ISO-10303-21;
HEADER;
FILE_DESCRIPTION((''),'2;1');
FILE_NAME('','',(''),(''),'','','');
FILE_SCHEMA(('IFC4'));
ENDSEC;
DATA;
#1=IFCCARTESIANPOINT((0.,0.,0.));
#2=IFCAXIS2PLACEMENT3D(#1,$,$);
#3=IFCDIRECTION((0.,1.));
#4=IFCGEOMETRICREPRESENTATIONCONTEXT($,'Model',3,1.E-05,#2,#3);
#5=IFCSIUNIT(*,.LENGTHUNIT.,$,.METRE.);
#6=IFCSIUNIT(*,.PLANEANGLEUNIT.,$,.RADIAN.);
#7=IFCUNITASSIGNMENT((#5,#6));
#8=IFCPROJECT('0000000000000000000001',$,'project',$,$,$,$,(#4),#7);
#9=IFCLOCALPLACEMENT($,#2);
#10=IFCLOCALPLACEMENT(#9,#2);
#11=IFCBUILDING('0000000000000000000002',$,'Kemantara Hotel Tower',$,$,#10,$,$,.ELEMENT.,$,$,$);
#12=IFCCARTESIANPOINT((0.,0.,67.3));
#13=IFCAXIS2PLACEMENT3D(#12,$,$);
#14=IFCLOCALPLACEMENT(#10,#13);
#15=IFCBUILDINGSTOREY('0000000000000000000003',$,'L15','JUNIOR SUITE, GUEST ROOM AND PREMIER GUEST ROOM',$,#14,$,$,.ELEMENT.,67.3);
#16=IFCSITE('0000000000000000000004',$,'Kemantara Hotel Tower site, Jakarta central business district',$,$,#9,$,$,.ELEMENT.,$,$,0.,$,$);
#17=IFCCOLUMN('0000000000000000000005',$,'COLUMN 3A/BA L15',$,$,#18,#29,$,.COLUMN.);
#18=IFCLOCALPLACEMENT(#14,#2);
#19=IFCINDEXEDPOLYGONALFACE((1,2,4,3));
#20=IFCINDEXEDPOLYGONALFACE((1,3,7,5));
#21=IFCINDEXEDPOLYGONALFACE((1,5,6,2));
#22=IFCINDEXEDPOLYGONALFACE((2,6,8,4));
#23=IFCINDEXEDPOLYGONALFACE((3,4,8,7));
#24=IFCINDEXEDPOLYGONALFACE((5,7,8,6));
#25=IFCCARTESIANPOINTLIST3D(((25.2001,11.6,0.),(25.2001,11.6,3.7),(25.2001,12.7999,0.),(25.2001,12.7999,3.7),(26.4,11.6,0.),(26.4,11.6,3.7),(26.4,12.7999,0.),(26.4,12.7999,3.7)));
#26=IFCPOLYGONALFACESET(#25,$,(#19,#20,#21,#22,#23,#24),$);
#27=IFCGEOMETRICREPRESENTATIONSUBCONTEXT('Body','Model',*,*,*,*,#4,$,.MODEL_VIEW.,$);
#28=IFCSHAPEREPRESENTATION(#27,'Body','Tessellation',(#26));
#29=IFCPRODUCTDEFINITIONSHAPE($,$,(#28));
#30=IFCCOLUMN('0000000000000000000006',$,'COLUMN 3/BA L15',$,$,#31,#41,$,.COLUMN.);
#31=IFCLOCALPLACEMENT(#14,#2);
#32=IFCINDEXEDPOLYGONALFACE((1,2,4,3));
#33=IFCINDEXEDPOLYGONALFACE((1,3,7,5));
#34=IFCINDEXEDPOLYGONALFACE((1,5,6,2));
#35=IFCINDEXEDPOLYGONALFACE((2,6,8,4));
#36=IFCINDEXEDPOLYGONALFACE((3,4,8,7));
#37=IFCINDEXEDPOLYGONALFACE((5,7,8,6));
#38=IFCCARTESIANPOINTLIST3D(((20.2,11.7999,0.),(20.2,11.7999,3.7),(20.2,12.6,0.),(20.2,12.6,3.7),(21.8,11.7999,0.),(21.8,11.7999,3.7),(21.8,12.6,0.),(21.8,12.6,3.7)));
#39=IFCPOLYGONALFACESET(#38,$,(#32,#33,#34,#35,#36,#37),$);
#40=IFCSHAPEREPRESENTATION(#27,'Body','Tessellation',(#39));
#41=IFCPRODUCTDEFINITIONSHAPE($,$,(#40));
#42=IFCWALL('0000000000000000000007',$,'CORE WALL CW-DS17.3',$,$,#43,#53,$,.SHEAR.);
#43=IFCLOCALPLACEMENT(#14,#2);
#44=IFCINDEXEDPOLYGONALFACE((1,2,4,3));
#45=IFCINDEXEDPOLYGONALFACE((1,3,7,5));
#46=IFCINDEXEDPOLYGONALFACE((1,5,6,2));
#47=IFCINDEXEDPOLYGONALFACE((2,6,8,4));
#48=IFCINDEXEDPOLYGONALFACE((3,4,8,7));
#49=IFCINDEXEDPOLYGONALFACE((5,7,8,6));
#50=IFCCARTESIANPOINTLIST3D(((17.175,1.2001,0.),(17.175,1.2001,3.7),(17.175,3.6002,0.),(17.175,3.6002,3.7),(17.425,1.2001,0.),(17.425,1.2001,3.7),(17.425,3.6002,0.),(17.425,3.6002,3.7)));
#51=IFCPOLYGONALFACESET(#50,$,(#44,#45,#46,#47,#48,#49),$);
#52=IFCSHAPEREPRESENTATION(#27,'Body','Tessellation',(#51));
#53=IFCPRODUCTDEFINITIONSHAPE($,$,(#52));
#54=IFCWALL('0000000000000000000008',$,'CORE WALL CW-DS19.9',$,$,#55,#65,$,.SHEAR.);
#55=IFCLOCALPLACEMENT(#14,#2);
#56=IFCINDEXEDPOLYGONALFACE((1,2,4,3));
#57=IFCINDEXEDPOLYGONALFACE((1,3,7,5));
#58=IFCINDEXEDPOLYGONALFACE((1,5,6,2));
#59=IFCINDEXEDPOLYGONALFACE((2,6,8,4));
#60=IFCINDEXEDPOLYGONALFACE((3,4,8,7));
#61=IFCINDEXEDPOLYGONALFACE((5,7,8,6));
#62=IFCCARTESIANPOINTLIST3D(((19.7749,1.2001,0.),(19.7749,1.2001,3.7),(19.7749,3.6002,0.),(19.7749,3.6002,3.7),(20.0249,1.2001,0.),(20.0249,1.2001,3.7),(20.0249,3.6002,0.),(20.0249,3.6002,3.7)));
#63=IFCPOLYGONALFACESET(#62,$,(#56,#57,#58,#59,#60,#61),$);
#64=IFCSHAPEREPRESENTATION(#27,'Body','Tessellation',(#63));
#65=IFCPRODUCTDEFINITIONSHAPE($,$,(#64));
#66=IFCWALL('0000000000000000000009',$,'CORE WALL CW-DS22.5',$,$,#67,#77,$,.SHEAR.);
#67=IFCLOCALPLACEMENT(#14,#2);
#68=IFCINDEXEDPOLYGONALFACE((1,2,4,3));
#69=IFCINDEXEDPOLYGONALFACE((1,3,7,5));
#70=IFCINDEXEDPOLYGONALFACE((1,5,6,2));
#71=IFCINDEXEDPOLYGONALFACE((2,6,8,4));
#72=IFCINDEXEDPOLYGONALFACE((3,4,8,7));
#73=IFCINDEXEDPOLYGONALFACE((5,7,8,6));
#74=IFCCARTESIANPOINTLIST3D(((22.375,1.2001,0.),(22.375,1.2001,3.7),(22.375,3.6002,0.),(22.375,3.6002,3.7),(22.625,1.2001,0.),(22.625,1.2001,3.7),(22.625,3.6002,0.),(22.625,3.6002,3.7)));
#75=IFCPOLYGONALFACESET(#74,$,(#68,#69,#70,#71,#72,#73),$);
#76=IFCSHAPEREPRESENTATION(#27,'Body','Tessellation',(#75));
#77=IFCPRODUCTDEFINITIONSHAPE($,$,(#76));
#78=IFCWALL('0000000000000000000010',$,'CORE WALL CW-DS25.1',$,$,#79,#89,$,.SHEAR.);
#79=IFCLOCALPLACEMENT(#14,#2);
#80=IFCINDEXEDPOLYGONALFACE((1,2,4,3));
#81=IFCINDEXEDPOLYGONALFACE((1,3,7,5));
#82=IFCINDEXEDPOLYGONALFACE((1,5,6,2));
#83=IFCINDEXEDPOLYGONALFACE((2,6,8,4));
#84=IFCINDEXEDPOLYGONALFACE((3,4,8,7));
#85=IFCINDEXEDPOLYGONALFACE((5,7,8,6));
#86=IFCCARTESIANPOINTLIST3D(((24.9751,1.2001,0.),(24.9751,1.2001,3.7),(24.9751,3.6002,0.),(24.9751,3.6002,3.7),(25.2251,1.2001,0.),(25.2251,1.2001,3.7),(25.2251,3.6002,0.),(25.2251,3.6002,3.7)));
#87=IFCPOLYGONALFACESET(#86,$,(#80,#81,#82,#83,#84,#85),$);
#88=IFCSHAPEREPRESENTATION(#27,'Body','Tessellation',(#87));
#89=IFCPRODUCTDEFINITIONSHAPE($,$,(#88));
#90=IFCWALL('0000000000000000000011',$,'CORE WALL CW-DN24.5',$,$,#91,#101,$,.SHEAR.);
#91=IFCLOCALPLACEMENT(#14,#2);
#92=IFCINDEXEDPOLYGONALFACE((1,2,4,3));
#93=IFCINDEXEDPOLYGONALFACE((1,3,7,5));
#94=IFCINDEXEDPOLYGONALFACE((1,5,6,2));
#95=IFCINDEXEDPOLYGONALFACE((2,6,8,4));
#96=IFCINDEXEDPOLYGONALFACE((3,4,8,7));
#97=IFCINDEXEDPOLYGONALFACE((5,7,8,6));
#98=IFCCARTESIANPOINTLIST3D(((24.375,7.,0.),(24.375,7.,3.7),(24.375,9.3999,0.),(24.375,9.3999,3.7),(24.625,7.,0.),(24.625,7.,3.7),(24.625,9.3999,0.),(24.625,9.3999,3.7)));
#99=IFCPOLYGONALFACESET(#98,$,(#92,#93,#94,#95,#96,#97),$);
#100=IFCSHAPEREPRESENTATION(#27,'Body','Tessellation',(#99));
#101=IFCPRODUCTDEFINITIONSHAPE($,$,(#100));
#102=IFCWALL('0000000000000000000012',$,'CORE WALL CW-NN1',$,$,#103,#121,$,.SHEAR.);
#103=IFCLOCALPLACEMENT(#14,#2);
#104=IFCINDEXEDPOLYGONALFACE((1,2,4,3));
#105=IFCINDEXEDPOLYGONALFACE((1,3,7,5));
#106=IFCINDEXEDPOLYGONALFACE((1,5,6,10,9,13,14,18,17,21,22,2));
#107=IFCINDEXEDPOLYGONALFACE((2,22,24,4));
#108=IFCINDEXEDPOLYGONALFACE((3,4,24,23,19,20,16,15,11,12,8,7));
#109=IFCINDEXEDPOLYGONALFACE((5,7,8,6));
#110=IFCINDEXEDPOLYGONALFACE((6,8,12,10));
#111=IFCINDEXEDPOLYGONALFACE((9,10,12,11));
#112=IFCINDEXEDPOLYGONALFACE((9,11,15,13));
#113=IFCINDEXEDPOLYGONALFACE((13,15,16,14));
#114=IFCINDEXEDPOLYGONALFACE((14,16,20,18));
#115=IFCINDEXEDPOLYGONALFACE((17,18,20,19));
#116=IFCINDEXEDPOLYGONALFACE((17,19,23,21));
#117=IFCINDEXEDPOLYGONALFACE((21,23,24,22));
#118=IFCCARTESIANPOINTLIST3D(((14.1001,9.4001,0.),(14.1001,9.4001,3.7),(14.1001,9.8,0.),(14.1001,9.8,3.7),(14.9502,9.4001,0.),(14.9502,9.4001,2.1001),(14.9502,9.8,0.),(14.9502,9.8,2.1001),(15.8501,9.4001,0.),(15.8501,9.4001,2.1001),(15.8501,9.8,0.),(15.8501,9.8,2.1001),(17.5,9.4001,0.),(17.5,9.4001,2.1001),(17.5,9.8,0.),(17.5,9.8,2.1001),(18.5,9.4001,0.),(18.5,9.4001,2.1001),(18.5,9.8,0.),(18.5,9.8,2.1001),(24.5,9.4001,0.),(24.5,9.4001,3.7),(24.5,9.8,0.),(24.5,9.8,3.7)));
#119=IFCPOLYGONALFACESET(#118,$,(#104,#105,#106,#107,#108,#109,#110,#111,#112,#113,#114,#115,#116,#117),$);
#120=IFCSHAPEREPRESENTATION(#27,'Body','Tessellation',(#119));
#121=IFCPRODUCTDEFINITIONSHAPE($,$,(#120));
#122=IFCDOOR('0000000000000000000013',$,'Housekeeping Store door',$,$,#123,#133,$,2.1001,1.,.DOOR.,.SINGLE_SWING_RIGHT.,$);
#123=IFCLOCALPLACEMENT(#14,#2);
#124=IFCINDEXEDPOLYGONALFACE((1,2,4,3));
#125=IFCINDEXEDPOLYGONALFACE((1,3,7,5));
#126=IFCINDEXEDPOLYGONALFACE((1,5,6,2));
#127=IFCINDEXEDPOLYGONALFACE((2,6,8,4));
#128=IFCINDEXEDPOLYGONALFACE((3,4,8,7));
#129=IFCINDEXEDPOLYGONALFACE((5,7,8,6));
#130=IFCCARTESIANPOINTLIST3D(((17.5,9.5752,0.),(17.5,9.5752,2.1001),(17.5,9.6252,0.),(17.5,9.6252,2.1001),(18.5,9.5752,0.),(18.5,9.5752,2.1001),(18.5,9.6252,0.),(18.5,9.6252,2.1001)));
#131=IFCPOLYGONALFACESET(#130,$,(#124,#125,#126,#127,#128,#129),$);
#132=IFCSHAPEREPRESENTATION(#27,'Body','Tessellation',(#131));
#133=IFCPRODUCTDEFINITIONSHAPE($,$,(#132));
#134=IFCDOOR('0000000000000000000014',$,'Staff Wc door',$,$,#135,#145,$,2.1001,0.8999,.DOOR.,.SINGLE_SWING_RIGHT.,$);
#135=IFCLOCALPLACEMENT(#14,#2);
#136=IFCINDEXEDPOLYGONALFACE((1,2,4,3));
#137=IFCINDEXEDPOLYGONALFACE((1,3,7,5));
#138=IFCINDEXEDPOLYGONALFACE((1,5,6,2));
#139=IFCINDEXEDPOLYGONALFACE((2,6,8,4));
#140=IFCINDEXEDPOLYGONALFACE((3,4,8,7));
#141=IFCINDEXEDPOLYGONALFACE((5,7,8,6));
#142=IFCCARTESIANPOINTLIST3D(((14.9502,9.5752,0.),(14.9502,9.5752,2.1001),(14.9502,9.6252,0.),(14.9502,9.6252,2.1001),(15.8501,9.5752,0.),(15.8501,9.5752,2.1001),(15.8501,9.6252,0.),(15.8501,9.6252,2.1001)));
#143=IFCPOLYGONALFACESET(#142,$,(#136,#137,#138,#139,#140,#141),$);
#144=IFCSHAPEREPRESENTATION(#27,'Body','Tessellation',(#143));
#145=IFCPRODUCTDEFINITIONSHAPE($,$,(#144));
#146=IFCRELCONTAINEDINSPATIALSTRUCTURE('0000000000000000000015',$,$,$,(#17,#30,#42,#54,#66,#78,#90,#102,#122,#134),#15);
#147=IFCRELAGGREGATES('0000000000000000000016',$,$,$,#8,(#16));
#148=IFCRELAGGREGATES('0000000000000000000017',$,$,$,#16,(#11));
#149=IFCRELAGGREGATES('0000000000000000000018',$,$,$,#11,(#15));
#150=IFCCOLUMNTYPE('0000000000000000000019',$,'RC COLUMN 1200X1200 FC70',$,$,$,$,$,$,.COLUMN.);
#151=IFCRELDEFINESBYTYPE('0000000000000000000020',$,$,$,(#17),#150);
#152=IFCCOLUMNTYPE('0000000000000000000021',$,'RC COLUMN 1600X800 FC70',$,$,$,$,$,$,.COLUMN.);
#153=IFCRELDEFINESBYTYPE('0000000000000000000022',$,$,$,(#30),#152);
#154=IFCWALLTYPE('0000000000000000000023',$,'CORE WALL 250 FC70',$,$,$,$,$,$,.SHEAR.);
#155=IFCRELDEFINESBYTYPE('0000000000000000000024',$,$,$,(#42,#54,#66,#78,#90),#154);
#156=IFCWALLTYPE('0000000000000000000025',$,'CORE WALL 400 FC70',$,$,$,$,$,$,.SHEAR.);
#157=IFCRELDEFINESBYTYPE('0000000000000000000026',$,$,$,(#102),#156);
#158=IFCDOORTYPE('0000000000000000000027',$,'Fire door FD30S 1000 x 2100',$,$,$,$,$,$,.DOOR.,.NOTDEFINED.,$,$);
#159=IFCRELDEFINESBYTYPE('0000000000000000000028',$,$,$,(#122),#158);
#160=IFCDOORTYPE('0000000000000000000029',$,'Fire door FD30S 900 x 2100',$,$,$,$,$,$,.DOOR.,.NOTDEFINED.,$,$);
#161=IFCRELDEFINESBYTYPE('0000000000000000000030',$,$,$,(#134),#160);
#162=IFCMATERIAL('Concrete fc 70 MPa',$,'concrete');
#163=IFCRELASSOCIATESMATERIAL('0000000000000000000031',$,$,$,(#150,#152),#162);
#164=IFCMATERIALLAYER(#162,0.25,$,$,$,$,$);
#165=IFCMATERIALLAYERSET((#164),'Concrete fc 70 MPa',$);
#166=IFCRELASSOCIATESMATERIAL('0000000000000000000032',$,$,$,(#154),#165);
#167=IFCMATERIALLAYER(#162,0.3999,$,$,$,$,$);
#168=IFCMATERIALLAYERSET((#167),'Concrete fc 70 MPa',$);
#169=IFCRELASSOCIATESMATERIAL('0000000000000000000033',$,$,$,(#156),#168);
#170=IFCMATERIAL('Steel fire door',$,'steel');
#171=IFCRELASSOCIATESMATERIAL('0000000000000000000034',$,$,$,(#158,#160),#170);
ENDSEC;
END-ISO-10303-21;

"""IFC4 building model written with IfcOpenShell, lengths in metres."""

from ifc_helpers import new_model, si_unit, direction, frame, frame_2d, origin, origin_2d, place, context, subcontext, project, spatial, rectangle, extrude, material, layer, layer_set, material_profile, profile_set, type_object, element, fill, save


model = new_model("IFC4")

# Units and contexts
model_context = context("Model", 3, precision=1e-05, world=origin(), true_north=direction((0.0, 1.0)))
body_context = subcontext(model_context, "Body", "Model", "MODEL_VIEW")
ifc_project = project(units=[si_unit("LENGTHUNIT", "METRE"), si_unit("PLANEANGLEUNIT", "RADIAN")], contexts=[model_context])

# Site, building, storey
site_placement = place(None, origin())
site = spatial("IfcSite", under=ifc_project, at=site_placement, Name="Kemantara Hotel Tower site, Jakarta central business district", CompositionType="ELEMENT", RefElevation=0.0)
building_placement = place(site_placement, origin())
building = spatial("IfcBuilding", under=site, at=building_placement, Name="Kemantara Hotel Tower", CompositionType="ELEMENT")
storey_placement = place(building_placement, frame((0.0, 0.0, 67.3)))
storey = spatial("IfcBuildingStorey", under=building, at=storey_placement, Name="L15", Description="JUNIOR SUITE, GUEST ROOM AND PREMIER GUEST ROOM", CompositionType="ELEMENT", Elevation=67.3)

# Columns
ifc_material_1 = material(Name="Concrete fc 70 MPa", Category="concrete")
ifc_material_profile_1 = material_profile(ifc_material_1, rectangle(XDim=1.2, YDim=1.2, at=origin_2d()), Name="RC 1200X1200")
ifc_profile_set_1 = profile_set([ifc_material_profile_1], Name="Concrete fc 70 MPa")
column_type_1 = type_object("IfcColumnType", Name="RC COLUMN 1200X1200 FC70", PredefinedType="COLUMN", material=ifc_profile_set_1)
column_1_placement = place(storey_placement, frame((25.8, 12.2, 0.0), z_axis=(0.0, 0.0, 1.0), x_axis=(1.0, 0.0, 0.0)))
element("IfcColumn", 1, at=column_1_placement, inside=storey, type_object=column_type_1, Name="COLUMN 3A/BA L15", PredefinedType="COLUMN", context=body_context, shape_type="SweptSolid", body=[
    extrude(rectangle(XDim=1.2, YDim=1.2, at=origin_2d()), origin(), (0.0, 0.0, 1.0), 3.7),
])
ifc_material_profile_2 = material_profile(ifc_material_1, rectangle(XDim=1.6001, YDim=0.8, at=origin_2d()), Name="RC 1600X800")
ifc_profile_set_2 = profile_set([ifc_material_profile_2], Name="Concrete fc 70 MPa")
column_type_2 = type_object("IfcColumnType", Name="RC COLUMN 1600X800 FC70", PredefinedType="COLUMN", material=ifc_profile_set_2)
column_2_placement = place(storey_placement, frame((21.0, 12.2, 0.0), z_axis=(0.0, 0.0, 1.0), x_axis=(1.0, 0.0, 0.0)))
element("IfcColumn", 2, at=column_2_placement, inside=storey, type_object=column_type_2, Name="COLUMN 3/BA L15", PredefinedType="COLUMN", context=body_context, shape_type="SweptSolid", body=[
    extrude(rectangle(XDim=1.6001, YDim=0.8, at=origin_2d()), origin(), (0.0, 0.0, 1.0), 3.7),
])

# Walls
ifc_layer_1 = layer(ifc_material_1, 0.25)
ifc_layer_set_1 = layer_set([ifc_layer_1], Name="Concrete fc 70 MPa")
wall_type_1 = type_object("IfcWallType", Name="CORE WALL 250 FC70", PredefinedType="SHEAR", material=ifc_layer_set_1)
for number, where, z_axis, x_axis, name in (
    (3, (17.3, 1.2, 0.0), (0.0, 0.0, 1.0), (0.0, 1.0, 0.0), "CORE WALL CW-DS17.3"),
    (4, (19.8999, 1.2, 0.0), (0.0, 0.0, 1.0), (0.0, 1.0, 0.0), "CORE WALL CW-DS19.9"),
    (5, (22.5, 1.2, 0.0), (0.0, 0.0, 1.0), (0.0, 1.0, 0.0), "CORE WALL CW-DS22.5"),
    (6, (25.1001, 1.2, 0.0), (0.0, 0.0, 1.0), (0.0, 1.0, 0.0), "CORE WALL CW-DS25.1"),
):
    element("IfcWall", number, at=place(storey_placement, frame(where, z_axis=z_axis, x_axis=x_axis)), inside=storey, type_object=wall_type_1, Name=name, PredefinedType="SHEAR", context=body_context, shape_type="SweptSolid", body=[
        extrude(rectangle(XDim=2.4001, YDim=0.25, at=frame_2d((1.2002, 0.0))), origin(), (0.0, 0.0, 1.0), 3.7),
    ])
wall_1_placement = place(storey_placement, frame((24.5, 7.0, 0.0), z_axis=(0.0, 0.0, 1.0), x_axis=(0.0, 1.0, 0.0)))
element("IfcWall", 7, at=wall_1_placement, inside=storey, type_object=wall_type_1, Name="CORE WALL CW-DN24.5", PredefinedType="SHEAR", context=body_context, shape_type="SweptSolid", body=[
    extrude(rectangle(XDim=2.3999, YDim=0.25, at=frame_2d((1.2, 0.0))), origin(), (0.0, 0.0, 1.0), 3.7),
])

# Wall, openings, doors
ifc_layer_2 = layer(ifc_material_1, 0.3999)
ifc_layer_set_2 = layer_set([ifc_layer_2], Name="Concrete fc 70 MPa")
wall_type_2 = type_object("IfcWallType", Name="CORE WALL 400 FC70", PredefinedType="SHEAR", material=ifc_layer_set_2)
wall_2_placement = place(storey_placement, frame((14.1001, 9.6001, 0.0), z_axis=(0.0, 0.0, 1.0), x_axis=(1.0, 0.0, 0.0)))
wall_2 = element("IfcWall", 8, at=wall_2_placement, inside=storey, type_object=wall_type_2, Name="CORE WALL CW-NN1", PredefinedType="SHEAR", context=body_context, shape_type="SweptSolid", body=[
    extrude(rectangle(XDim=10.3999, YDim=0.3999, at=frame_2d((5.2, 0.0))), origin(), (0.0, 0.0, 1.0), 3.7),
])
opening_1_placement = place(wall_2_placement, frame((0.8501, 0.0, 0.0)))
opening_1 = element("IfcOpeningElement", 9, at=opening_1_placement, cuts=wall_2, PredefinedType="OPENING", context=body_context, shape_type="SweptSolid", body=[
    extrude(rectangle(XDim=0.8999, YDim=2.1001, at=frame_2d((0.45, 1.05))), frame((0.0, 0.21, 0.0), z_axis=(0.0, -1.0, 0.0), x_axis=(1.0, 0.0, 0.0)), (0.0, 0.0, 1.0), 0.4199),
])
opening_2_placement = place(wall_2_placement, frame((3.3999, 0.0, 0.0)))
opening_2 = element("IfcOpeningElement", 10, at=opening_2_placement, cuts=wall_2, PredefinedType="OPENING", context=body_context, shape_type="SweptSolid", body=[
    extrude(rectangle(XDim=1.0, YDim=2.1001, at=frame_2d((0.5, 1.05))), frame((0.0, 0.21, 0.0), z_axis=(0.0, -1.0, 0.0), x_axis=(1.0, 0.0, 0.0)), (0.0, 0.0, 1.0), 0.4199),
])
ifc_material_2 = material(Name="Steel fire door", Category="steel")
door_type_1 = type_object("IfcDoorType", Name="Fire door FD30S 1000 x 2100", OperationType="NOTDEFINED", PredefinedType="DOOR", material=ifc_material_2)
door_1_placement = place(opening_2_placement, frame((1.0, 0.0, 0.0), z_axis=(0.0, 0.0, 1.0), x_axis=(-1.0, 0.0, 0.0)))
door_1 = element("IfcDoor", 11, at=door_1_placement, inside=storey, type_object=door_type_1, Name="Housekeeping Store door", OperationType="SINGLE_SWING_RIGHT", OverallHeight=2.1001, OverallWidth=1.0, PredefinedType="DOOR", context=body_context, shape_type="SweptSolid", body=[
    extrude(rectangle(XDim=1.0, YDim=2.1001, at=frame_2d((0.5, 1.05))), frame((0.0, 0.0249, 0.0), z_axis=(0.0, -1.0, 0.0), x_axis=(1.0, 0.0, 0.0)), (0.0, 0.0, 1.0), 0.05),
])
fill(opening_2, door_1)
door_type_2 = type_object("IfcDoorType", Name="Fire door FD30S 900 x 2100", OperationType="NOTDEFINED", PredefinedType="DOOR", material=ifc_material_2)
door_2_placement = place(opening_1_placement, frame((0.8999, 0.0, 0.0), z_axis=(0.0, 0.0, 1.0), x_axis=(-1.0, 0.0, 0.0)))
door_2 = element("IfcDoor", 12, at=door_2_placement, inside=storey, type_object=door_type_2, Name="Staff Wc door", OperationType="SINGLE_SWING_RIGHT", OverallHeight=2.1001, OverallWidth=0.8999, PredefinedType="DOOR", context=body_context, shape_type="SweptSolid", body=[
    extrude(rectangle(XDim=0.8999, YDim=2.1001, at=frame_2d((0.45, 1.05))), frame((0.0, 0.0249, 0.0), z_axis=(0.0, -1.0, 0.0), x_axis=(1.0, 0.0, 0.0)), (0.0, 0.0, 1.0), 0.05),
])
fill(opening_1, door_2)

save(model, "model.ifc")
